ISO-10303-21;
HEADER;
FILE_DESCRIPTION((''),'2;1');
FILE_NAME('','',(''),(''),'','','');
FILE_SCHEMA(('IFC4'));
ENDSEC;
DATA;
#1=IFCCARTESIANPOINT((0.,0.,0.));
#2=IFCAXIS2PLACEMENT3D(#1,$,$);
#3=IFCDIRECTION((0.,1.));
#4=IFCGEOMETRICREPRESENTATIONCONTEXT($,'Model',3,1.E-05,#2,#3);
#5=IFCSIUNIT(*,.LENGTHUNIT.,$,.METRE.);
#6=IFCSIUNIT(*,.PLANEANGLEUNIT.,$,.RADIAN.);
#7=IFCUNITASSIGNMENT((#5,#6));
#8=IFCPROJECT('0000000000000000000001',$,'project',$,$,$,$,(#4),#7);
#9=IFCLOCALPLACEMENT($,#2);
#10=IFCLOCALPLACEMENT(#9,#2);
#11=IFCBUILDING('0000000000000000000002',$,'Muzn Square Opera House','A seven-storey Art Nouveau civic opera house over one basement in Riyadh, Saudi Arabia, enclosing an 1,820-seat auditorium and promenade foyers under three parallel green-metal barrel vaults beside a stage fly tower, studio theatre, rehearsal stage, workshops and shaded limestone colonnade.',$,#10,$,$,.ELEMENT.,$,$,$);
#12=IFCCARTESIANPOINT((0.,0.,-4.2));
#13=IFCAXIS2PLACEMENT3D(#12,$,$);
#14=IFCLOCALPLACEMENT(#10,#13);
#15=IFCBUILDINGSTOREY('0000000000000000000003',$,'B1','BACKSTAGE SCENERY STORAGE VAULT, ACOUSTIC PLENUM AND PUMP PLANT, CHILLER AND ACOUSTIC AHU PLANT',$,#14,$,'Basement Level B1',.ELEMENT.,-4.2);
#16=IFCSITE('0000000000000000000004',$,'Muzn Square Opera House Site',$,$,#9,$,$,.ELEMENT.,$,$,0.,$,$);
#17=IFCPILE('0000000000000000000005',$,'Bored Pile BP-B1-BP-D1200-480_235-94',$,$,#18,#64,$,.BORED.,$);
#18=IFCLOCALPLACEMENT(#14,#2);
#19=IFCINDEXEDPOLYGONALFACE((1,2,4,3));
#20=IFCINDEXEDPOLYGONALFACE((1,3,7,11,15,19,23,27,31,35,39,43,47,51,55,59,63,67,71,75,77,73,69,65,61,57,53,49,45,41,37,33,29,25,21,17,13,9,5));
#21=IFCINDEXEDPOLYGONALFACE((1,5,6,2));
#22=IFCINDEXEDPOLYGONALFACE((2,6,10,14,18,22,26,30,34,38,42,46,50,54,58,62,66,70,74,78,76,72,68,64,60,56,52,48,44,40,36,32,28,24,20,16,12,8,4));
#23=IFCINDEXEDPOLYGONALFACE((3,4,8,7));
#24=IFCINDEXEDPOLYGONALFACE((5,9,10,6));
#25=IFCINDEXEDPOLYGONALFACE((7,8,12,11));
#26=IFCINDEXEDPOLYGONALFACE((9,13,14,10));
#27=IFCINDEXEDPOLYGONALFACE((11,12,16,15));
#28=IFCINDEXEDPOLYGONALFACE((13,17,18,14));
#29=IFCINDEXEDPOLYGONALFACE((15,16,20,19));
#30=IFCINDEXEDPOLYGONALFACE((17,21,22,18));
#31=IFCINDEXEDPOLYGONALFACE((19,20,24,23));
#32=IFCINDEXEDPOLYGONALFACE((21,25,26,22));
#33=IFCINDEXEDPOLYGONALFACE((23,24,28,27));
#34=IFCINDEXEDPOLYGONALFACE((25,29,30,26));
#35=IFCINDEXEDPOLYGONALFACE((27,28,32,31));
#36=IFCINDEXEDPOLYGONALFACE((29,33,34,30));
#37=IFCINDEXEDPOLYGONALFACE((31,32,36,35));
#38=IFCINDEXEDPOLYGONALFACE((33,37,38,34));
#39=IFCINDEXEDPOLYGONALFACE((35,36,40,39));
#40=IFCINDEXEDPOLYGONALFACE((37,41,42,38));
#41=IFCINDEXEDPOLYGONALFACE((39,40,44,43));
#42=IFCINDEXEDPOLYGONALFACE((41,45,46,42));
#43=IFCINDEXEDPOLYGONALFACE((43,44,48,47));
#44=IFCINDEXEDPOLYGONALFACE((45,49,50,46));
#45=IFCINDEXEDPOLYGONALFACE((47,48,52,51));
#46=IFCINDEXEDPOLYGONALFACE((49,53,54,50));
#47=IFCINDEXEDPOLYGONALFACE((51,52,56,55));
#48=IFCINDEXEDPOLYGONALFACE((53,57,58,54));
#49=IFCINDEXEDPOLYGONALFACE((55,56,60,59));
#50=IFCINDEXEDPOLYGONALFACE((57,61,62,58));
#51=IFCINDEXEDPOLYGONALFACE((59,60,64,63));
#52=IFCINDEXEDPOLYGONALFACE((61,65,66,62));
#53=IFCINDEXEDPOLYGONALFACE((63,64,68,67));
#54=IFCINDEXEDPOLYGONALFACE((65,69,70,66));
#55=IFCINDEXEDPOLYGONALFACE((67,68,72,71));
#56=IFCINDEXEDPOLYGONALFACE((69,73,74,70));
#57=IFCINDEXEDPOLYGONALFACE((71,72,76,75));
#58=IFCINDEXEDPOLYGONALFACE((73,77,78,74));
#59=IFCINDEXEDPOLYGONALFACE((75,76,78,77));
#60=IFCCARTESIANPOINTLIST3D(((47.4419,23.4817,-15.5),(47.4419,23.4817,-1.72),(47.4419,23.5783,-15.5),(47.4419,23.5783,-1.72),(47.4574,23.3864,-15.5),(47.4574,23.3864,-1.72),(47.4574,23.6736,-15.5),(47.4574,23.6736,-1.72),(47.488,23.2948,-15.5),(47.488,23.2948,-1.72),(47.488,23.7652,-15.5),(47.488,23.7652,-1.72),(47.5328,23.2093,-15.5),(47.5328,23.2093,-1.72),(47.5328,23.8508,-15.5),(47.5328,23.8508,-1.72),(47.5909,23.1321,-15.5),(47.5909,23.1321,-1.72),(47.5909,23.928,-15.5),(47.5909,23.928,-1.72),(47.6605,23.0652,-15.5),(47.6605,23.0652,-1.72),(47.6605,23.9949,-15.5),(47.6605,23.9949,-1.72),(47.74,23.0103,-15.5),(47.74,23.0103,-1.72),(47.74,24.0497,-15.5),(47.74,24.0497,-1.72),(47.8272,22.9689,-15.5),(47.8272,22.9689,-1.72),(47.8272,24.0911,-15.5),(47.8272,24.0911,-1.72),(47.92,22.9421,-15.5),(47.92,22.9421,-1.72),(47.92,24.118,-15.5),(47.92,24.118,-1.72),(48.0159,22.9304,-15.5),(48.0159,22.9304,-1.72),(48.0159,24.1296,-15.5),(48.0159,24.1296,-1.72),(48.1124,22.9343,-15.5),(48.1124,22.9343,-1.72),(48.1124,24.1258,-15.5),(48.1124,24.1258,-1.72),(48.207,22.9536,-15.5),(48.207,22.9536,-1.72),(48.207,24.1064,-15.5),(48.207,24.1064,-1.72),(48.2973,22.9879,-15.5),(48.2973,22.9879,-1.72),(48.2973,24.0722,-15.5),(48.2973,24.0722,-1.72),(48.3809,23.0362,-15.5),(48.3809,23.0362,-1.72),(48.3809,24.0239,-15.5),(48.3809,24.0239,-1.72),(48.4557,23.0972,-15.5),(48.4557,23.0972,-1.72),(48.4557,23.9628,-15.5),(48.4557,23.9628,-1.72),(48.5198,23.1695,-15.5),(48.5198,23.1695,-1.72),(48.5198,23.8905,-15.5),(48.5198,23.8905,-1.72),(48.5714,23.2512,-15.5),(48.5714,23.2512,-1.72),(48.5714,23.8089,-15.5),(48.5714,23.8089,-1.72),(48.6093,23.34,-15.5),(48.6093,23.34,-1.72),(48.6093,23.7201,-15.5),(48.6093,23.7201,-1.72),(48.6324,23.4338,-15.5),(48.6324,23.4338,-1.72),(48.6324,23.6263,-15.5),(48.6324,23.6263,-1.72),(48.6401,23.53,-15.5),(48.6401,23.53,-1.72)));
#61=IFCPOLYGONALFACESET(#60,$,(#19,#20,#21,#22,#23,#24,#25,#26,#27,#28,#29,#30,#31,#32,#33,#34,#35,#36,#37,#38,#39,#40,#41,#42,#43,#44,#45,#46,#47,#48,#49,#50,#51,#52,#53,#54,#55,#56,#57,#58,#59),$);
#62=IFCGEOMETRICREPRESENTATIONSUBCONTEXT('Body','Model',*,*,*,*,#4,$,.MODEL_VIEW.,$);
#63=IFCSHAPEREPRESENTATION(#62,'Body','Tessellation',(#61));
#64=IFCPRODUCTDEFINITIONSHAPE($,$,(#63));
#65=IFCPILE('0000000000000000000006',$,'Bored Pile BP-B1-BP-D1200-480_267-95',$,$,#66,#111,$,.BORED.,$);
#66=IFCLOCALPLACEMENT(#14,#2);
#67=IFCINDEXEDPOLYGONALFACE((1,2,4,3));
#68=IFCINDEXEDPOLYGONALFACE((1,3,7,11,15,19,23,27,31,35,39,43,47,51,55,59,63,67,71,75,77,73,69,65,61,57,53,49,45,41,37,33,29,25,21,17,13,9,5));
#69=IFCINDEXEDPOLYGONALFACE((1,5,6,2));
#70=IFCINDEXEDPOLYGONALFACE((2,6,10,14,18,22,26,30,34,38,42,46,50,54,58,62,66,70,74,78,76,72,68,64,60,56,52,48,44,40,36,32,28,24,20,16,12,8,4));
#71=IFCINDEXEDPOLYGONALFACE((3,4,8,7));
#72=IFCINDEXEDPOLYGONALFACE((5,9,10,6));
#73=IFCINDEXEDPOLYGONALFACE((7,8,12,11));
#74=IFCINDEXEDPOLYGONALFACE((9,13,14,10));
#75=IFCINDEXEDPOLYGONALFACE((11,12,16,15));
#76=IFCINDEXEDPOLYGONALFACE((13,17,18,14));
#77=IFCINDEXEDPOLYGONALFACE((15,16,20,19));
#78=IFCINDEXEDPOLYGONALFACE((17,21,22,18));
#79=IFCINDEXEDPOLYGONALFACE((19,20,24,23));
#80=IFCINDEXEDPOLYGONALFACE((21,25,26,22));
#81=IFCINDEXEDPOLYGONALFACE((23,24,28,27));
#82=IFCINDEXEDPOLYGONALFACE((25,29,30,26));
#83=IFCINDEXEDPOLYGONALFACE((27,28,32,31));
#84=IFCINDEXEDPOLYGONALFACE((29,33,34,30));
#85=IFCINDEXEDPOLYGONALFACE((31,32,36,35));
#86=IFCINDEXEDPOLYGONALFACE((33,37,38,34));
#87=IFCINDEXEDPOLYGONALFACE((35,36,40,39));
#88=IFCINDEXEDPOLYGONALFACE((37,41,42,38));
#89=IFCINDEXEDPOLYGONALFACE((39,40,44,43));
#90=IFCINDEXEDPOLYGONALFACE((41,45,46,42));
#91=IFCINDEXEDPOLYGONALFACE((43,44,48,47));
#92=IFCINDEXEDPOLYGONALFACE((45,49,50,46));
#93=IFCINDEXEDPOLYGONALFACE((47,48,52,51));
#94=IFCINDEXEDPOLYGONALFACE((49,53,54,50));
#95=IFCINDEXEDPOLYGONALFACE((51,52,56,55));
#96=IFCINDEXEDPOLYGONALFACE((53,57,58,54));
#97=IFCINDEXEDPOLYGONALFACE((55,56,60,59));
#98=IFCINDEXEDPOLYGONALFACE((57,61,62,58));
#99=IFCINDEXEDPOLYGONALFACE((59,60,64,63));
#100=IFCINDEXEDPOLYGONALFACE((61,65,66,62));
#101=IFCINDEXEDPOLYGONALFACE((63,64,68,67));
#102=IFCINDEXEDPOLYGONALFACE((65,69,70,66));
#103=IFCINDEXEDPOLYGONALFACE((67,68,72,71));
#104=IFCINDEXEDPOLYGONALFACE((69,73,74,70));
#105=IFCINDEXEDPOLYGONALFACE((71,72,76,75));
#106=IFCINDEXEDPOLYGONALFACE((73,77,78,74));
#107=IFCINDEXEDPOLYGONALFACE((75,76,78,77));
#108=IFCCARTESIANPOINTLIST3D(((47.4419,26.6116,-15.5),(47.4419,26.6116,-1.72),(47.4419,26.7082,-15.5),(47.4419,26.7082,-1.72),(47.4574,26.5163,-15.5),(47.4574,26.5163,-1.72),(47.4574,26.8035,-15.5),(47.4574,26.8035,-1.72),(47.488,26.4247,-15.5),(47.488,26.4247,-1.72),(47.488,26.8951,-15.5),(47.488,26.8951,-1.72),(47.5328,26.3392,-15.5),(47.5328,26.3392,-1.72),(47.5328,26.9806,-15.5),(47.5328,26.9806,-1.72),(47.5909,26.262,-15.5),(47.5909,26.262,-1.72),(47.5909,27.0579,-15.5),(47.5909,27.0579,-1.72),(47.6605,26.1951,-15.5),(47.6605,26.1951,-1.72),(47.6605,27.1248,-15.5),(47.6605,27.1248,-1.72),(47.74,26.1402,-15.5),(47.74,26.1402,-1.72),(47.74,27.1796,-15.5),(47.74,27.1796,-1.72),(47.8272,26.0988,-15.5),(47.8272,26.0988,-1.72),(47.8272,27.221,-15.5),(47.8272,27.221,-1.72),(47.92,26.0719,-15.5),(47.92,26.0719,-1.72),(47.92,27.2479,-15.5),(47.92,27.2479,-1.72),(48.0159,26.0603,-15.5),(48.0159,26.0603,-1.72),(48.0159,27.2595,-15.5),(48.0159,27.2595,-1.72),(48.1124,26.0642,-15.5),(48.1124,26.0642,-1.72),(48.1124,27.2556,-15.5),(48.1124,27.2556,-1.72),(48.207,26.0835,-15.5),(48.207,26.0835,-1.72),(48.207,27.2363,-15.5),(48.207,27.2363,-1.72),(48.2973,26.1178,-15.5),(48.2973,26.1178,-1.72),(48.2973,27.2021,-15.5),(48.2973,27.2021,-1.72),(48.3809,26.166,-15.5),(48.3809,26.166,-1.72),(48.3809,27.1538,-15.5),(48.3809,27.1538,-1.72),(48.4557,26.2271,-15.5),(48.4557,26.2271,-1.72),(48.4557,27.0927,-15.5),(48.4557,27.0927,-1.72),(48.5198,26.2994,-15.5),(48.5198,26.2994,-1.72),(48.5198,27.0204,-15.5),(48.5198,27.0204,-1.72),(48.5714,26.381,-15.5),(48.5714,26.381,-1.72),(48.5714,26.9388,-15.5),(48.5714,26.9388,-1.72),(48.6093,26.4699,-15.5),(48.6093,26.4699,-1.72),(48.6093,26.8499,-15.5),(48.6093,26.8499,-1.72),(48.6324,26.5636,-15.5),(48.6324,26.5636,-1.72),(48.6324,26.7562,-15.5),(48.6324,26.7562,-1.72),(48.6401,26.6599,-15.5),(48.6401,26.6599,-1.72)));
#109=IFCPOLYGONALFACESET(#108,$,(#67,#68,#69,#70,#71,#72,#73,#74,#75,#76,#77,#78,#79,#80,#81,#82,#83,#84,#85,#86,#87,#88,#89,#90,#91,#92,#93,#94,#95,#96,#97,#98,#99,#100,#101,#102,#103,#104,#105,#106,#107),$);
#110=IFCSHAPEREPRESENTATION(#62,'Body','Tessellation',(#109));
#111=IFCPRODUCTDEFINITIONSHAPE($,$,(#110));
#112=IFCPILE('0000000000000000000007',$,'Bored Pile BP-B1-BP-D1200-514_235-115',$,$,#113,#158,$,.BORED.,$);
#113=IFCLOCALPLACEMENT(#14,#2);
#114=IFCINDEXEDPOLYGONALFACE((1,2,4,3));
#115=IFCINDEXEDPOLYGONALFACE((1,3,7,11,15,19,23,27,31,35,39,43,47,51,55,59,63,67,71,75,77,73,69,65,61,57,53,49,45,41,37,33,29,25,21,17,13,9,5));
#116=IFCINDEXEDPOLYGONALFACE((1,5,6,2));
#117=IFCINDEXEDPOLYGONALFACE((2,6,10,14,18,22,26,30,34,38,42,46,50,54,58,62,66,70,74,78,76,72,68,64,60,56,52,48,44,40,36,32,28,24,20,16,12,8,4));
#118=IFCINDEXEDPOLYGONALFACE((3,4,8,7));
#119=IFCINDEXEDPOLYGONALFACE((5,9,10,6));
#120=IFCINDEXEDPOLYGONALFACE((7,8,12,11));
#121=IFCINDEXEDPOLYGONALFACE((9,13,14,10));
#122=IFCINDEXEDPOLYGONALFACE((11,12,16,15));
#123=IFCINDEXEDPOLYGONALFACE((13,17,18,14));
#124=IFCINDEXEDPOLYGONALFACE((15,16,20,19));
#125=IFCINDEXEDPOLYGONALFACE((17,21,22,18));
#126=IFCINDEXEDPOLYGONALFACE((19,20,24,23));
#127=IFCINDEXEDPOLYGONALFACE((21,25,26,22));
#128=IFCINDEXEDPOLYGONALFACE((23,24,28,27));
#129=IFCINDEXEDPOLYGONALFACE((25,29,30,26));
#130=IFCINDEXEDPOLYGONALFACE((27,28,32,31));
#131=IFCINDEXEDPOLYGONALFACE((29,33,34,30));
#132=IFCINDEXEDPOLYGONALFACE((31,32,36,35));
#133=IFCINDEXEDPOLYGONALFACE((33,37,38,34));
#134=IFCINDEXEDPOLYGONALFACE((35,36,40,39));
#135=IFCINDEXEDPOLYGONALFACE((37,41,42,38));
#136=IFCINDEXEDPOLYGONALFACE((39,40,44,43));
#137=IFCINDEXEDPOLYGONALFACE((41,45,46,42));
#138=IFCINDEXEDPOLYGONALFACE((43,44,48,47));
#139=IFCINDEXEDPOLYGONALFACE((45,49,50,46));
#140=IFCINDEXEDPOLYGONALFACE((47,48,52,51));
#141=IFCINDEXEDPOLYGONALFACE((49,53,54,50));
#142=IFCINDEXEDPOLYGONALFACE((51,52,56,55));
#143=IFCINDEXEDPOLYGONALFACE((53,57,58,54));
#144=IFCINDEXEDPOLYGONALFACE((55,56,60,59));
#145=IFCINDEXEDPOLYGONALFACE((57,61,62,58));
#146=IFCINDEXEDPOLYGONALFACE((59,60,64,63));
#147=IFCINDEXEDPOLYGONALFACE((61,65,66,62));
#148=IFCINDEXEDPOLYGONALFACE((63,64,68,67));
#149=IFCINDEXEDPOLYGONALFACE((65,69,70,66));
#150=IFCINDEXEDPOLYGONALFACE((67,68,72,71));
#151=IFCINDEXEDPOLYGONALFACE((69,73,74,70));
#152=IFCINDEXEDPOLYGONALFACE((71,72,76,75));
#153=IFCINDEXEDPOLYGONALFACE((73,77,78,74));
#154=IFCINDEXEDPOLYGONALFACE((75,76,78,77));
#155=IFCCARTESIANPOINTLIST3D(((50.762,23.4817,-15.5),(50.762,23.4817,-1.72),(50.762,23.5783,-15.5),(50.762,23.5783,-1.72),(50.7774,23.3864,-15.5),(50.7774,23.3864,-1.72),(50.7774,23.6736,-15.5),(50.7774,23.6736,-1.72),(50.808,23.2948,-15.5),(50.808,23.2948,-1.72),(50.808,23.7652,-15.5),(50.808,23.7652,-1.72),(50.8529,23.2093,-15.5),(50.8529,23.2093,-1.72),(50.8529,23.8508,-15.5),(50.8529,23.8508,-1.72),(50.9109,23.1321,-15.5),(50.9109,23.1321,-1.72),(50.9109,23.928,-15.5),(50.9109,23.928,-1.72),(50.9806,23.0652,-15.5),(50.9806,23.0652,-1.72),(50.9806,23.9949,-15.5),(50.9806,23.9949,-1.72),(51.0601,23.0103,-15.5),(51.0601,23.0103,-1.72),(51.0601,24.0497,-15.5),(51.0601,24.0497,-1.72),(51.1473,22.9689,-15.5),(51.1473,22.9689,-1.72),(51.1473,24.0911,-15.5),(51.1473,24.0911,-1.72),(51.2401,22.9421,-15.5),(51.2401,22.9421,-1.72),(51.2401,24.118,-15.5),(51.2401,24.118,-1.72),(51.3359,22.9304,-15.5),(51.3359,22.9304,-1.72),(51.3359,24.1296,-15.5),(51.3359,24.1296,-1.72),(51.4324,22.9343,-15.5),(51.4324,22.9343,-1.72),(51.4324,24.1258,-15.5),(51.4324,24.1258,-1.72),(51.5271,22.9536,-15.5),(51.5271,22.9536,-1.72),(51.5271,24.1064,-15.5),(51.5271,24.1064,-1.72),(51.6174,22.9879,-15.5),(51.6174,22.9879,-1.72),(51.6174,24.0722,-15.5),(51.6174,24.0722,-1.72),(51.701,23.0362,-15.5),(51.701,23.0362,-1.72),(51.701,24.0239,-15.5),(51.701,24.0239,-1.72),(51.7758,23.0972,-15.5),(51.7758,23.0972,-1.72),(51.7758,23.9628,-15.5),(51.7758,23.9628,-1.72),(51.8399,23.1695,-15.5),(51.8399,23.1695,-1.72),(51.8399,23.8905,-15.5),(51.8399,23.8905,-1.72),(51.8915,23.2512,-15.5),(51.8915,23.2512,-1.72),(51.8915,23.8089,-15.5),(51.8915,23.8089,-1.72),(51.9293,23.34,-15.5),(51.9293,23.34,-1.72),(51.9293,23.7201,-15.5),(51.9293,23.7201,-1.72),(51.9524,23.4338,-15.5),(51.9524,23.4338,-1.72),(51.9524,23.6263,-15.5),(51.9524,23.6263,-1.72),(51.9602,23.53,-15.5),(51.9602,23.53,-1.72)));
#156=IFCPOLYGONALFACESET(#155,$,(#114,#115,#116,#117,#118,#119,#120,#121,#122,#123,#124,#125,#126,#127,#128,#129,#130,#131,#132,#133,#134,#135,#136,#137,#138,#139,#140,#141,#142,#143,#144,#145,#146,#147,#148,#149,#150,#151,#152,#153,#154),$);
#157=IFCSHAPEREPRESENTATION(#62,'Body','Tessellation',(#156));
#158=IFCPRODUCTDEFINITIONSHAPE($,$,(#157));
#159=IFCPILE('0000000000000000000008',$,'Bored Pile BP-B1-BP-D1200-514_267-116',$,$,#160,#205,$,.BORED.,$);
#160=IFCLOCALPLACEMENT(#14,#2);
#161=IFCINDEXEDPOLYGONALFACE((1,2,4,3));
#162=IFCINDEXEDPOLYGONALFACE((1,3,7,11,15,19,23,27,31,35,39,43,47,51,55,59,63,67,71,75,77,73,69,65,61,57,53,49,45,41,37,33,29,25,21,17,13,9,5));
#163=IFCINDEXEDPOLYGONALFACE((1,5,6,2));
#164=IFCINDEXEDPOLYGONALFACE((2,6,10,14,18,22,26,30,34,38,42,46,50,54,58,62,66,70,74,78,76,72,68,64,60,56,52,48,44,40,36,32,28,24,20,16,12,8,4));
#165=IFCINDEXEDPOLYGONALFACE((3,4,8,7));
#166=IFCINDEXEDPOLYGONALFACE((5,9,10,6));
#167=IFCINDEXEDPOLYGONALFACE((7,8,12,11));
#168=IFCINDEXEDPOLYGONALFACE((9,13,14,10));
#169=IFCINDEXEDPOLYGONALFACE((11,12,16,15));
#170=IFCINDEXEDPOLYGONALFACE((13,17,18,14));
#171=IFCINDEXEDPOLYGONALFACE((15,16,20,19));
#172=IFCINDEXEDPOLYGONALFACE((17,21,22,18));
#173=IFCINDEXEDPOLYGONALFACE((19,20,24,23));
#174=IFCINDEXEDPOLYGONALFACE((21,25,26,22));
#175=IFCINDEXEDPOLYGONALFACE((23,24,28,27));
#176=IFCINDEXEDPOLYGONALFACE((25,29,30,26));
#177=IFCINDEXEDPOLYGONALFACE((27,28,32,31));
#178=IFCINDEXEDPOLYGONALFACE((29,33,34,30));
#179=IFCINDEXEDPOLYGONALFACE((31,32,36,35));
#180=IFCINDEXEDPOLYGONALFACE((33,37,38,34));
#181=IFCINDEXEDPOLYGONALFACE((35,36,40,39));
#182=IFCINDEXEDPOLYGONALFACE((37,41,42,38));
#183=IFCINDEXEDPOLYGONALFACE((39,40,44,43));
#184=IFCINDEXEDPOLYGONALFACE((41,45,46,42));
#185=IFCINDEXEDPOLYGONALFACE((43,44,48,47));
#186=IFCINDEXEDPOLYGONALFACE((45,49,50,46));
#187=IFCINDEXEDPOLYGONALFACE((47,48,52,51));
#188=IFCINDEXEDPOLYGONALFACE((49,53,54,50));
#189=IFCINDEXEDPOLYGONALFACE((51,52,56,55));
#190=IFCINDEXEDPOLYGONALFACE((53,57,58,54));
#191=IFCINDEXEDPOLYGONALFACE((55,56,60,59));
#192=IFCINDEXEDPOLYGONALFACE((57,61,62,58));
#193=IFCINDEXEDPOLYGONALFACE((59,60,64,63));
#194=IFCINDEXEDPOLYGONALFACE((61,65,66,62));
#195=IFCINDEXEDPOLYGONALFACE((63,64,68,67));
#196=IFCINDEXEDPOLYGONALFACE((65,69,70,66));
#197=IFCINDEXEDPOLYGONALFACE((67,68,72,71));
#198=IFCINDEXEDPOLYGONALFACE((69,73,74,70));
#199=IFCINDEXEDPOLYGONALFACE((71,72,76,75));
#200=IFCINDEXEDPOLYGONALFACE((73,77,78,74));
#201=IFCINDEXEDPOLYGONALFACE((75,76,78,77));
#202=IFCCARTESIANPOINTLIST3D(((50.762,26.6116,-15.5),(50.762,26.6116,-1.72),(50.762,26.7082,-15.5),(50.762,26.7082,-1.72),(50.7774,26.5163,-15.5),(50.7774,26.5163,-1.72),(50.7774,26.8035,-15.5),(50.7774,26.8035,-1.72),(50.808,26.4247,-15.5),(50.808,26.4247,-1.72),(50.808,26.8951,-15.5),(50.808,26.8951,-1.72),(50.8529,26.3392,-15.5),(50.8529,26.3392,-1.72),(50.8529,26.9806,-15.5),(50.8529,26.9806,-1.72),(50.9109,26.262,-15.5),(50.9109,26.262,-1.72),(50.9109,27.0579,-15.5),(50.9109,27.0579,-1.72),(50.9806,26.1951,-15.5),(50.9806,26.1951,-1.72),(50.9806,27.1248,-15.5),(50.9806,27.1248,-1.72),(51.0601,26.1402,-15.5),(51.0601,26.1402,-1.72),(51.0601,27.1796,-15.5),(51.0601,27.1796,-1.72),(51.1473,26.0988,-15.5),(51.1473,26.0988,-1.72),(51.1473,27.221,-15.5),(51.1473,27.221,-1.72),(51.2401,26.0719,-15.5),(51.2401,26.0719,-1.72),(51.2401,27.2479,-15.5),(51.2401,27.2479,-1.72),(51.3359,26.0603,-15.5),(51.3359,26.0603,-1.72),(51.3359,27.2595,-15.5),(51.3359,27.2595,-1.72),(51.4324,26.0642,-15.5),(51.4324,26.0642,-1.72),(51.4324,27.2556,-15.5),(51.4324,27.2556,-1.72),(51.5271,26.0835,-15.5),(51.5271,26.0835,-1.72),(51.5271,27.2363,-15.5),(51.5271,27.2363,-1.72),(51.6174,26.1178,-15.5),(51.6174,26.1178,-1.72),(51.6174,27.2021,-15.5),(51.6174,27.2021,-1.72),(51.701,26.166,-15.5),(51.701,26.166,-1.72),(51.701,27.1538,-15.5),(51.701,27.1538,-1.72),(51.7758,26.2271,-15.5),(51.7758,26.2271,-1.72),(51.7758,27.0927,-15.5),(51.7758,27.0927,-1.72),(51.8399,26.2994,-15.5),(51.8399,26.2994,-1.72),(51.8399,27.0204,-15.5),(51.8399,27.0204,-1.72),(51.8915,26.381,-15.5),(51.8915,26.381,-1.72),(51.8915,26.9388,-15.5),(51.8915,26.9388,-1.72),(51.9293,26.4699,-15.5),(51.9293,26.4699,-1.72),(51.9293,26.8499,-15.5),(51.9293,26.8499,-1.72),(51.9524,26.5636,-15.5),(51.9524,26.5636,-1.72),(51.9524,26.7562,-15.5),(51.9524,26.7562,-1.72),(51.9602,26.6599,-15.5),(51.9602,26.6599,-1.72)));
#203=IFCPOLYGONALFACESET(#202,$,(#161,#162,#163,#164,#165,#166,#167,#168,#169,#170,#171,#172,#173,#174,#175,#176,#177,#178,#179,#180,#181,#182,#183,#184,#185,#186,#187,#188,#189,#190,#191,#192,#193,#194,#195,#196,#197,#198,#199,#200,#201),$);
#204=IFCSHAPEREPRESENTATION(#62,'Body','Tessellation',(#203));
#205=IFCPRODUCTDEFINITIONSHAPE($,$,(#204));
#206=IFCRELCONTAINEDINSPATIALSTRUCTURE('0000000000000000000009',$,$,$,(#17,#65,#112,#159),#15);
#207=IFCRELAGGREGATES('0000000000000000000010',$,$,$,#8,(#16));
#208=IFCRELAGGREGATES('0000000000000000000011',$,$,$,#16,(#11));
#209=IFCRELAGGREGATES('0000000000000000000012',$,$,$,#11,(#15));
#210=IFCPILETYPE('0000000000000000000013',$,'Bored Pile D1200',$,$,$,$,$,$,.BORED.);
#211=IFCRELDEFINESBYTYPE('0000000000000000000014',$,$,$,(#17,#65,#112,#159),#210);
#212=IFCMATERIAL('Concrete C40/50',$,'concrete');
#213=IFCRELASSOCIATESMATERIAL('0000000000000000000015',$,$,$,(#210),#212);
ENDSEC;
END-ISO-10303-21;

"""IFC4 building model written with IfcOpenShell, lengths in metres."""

from ifc_helpers import new_model, si_unit, direction, frame, origin, origin_2d, place, context, subcontext, project, spatial, circle, extrude, material, material_profile, profile_set, type_object, element, save


model = new_model("IFC4")

# Units and contexts
model_context = context("Model", 3, precision=1e-05, world=origin(), true_north=direction((0.0, 1.0)))
body_context = subcontext(model_context, "Body", "Model", "MODEL_VIEW")
ifc_project = project(units=[si_unit("LENGTHUNIT", "METRE"), si_unit("PLANEANGLEUNIT", "RADIAN")], contexts=[model_context])

# Site, building, storey
site_placement = place(None, origin())
site = spatial("IfcSite", under=ifc_project, at=site_placement, Name="Muzn Square Opera House Site", CompositionType="ELEMENT", RefElevation=0.0)
building_placement = place(site_placement, origin())
building = spatial("IfcBuilding", under=site, at=building_placement, Name="Muzn Square Opera House", Description="A seven-storey Art Nouveau civic opera house over one basement in Riyadh, Saudi Arabia, enclosing an 1,820-seat auditorium and promenade foyers under three parallel green-metal barrel vaults beside a stage fly tower, studio theatre, rehearsal stage, workshops and shaded limestone colonnade.", CompositionType="ELEMENT")
storey_placement = place(building_placement, frame((0.0, 0.0, -4.2)))
storey = spatial("IfcBuildingStorey", under=building, at=storey_placement, Name="B1", Description="BACKSTAGE SCENERY STORAGE VAULT, ACOUSTIC PLENUM AND PUMP PLANT, CHILLER AND ACOUSTIC AHU PLANT", LongName="Basement Level B1", CompositionType="ELEMENT", Elevation=-4.2)

# Piles
ifc_material_1 = material(Name="Concrete C40/50", Category="concrete")
ifc_material_profile_1 = material_profile(ifc_material_1, circle(Radius=0.6001, at=origin_2d()), Name="BORED PILE D1200", Category="concrete")
ifc_profile_set_1 = profile_set([ifc_material_profile_1], Name="Concrete C40/50")
pile_type = type_object("IfcPileType", Name="Bored Pile D1200", PredefinedType="BORED", material=ifc_profile_set_1)
for number, where, z_axis, x_axis, name in (
    (1, (48.04, 23.53, -1.72), (0.0, 0.0, -1.0), (1.0, 0.0, 0.0), "Bored Pile BP-B1-BP-D1200-480_235-94"),
    (2, (48.04, 26.6599, -1.72), (0.0, 0.0, -1.0), (1.0, 0.0, 0.0), "Bored Pile BP-B1-BP-D1200-480_267-95"),
    (3, (51.3601, 23.53, -1.72), (0.0, 0.0, -1.0), (1.0, 0.0, 0.0), "Bored Pile BP-B1-BP-D1200-514_235-115"),
    (4, (51.3601, 26.6599, -1.72), (0.0, 0.0, -1.0), (1.0, 0.0, 0.0), "Bored Pile BP-B1-BP-D1200-514_267-116"),
):
    element("IfcPile", number, at=place(storey_placement, frame(where, z_axis=z_axis, x_axis=x_axis)), inside=storey, type_object=pile_type, Name=name, PredefinedType="BORED", context=body_context, shape_type="SweptSolid", body=[
        extrude(circle(Radius=0.6001, at=origin_2d()), origin(), (0.0, 0.0, 1.0), 13.78),
    ])

save(model, "model.ifc")
